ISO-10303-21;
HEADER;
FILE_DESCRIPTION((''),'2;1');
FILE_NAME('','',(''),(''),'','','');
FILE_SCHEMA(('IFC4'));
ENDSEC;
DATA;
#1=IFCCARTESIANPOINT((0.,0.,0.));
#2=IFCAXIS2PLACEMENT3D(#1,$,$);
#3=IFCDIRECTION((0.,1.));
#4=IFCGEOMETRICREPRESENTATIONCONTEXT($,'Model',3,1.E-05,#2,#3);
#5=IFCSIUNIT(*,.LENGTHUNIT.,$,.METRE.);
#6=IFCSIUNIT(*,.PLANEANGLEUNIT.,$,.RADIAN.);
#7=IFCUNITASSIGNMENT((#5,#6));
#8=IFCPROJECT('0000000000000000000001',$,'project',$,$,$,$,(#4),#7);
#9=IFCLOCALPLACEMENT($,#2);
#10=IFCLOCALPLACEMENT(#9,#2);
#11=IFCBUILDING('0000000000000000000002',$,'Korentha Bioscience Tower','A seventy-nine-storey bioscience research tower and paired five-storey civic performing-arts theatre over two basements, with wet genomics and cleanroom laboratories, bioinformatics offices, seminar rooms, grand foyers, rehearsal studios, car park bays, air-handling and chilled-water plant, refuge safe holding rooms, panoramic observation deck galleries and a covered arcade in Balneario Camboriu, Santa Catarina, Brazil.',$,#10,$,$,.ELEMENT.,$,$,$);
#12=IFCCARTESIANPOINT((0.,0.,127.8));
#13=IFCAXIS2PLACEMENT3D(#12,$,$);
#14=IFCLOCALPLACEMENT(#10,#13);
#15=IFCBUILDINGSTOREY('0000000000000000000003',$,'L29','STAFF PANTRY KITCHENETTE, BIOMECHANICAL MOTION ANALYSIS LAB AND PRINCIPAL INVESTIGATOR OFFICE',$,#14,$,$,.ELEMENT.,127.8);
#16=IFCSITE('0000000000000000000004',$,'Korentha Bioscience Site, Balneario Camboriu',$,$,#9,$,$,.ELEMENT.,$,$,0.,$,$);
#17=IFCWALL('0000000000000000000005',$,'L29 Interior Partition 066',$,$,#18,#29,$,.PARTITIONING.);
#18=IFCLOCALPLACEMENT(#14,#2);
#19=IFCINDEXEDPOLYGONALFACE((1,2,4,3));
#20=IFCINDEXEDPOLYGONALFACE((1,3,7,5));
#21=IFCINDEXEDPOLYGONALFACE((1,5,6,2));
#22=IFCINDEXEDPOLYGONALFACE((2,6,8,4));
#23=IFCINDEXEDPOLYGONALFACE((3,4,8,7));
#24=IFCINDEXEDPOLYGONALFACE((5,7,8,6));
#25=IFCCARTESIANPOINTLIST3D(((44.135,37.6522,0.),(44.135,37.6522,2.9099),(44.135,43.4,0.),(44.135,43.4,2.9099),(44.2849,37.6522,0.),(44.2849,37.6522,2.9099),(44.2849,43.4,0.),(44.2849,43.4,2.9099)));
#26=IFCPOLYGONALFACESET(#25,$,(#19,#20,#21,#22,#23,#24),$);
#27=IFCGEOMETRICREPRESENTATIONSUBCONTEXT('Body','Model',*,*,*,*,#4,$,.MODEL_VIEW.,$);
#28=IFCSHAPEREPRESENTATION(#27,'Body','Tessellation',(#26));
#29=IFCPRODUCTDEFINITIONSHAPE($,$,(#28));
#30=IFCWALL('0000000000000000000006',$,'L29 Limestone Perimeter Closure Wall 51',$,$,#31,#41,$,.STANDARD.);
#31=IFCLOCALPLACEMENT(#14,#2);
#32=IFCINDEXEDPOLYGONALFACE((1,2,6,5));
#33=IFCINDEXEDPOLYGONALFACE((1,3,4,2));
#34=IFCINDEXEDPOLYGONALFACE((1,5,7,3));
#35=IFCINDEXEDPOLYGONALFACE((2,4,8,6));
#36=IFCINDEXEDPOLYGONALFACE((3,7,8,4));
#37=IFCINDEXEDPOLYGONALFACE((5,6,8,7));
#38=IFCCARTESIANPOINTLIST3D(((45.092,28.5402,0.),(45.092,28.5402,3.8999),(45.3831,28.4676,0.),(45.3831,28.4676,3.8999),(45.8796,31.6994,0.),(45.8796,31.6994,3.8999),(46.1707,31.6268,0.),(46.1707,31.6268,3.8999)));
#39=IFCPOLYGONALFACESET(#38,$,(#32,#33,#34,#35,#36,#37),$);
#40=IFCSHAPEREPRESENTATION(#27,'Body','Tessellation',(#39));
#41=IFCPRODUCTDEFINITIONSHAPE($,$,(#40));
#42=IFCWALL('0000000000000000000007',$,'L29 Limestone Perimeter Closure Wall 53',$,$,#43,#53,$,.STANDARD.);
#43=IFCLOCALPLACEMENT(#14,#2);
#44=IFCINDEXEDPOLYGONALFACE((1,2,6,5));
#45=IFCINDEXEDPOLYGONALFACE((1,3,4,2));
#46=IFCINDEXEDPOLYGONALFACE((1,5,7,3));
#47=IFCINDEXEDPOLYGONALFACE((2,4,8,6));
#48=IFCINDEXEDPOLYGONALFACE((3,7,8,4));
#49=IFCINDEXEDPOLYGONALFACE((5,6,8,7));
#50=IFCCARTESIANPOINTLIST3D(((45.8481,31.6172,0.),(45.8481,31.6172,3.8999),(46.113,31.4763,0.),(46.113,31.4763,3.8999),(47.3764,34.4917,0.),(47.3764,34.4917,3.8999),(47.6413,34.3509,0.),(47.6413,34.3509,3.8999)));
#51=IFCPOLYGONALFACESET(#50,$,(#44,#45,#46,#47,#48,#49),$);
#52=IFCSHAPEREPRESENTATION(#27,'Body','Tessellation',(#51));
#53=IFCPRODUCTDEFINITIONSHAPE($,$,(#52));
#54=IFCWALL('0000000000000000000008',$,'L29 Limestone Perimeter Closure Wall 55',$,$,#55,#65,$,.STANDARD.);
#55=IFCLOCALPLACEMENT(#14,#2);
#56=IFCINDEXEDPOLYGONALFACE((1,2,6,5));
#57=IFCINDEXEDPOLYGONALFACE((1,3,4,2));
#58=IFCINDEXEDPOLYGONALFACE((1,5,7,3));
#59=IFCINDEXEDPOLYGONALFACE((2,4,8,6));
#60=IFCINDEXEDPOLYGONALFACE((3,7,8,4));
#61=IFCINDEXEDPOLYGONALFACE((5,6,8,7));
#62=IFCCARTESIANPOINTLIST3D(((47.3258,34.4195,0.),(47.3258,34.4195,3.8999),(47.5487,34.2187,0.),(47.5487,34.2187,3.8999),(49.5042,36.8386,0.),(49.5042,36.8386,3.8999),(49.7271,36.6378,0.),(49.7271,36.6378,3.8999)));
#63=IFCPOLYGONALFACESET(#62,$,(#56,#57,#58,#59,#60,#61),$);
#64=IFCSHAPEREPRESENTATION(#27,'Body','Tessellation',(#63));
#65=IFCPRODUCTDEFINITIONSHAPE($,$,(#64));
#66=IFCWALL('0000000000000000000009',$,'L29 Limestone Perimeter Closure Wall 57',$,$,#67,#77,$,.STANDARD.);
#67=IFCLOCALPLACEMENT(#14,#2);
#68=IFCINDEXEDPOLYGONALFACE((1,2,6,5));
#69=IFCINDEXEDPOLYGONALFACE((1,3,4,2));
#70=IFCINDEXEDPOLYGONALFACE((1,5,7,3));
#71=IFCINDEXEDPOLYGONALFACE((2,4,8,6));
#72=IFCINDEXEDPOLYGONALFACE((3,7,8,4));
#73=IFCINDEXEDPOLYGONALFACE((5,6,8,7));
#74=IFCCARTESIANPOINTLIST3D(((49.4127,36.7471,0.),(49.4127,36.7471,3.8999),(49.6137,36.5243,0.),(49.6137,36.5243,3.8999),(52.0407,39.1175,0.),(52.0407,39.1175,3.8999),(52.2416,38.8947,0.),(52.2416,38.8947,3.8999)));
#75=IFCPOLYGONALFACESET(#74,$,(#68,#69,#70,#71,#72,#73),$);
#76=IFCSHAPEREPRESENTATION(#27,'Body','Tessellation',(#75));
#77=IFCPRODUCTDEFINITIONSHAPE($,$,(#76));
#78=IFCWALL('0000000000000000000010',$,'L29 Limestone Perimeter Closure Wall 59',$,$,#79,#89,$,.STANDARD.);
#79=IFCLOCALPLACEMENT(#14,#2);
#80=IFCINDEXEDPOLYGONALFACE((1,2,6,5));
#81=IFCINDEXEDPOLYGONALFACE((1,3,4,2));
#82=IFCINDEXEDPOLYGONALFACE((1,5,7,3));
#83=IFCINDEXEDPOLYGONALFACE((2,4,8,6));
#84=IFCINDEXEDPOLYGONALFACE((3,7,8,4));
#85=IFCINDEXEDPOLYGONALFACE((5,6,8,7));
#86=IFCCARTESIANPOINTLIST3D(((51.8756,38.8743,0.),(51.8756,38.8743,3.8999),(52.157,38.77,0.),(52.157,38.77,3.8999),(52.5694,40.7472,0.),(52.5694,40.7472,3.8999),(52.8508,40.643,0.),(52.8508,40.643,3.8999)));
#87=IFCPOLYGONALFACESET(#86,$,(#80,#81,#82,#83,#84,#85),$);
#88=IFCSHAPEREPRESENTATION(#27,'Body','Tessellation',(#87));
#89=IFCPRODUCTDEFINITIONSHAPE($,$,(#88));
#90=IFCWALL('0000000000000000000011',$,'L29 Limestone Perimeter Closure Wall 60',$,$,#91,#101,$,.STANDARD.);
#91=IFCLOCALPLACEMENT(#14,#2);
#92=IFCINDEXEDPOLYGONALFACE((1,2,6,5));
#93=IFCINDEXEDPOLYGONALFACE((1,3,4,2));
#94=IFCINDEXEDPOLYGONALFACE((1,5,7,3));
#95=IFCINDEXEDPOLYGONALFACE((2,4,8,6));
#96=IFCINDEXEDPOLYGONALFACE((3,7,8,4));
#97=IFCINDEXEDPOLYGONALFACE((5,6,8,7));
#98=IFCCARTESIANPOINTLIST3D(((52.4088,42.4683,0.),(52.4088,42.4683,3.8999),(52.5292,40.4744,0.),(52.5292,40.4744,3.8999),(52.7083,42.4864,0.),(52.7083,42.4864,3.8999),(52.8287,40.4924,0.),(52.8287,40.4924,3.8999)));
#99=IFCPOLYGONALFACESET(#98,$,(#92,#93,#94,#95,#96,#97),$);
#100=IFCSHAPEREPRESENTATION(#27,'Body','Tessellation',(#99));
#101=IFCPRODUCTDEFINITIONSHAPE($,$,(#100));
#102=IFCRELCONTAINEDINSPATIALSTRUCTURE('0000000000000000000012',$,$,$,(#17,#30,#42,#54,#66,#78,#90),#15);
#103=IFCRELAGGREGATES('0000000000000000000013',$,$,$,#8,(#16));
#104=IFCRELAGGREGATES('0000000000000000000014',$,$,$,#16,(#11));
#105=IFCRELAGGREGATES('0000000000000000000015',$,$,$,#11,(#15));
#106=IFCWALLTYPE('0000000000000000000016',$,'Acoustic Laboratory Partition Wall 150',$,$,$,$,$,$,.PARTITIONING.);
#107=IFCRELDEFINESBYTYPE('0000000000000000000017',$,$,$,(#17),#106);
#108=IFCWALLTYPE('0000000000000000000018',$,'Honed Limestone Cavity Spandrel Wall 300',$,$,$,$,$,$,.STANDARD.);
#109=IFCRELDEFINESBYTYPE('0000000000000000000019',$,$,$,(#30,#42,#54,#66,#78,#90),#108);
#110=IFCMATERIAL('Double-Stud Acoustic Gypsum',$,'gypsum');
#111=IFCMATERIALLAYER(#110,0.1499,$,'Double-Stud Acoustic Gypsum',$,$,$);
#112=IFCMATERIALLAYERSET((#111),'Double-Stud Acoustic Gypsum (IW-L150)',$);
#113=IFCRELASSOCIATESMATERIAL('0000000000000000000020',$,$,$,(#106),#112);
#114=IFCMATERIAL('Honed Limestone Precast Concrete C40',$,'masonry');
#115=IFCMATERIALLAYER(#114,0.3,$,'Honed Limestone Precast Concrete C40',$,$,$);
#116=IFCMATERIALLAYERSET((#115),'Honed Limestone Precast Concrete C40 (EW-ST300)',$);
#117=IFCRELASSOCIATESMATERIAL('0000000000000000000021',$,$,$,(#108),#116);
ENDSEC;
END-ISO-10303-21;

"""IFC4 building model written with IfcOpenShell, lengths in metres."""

from ifc_helpers import new_model, si_unit, direction, frame, frame_2d, origin, place, context, subcontext, project, spatial, rectangle, extrude, material, layer, layer_set, type_object, element, save


model = new_model("IFC4")

# Units and contexts
model_context = context("Model", 3, precision=1e-05, world=origin(), true_north=direction((0.0, 1.0)))
body_context = subcontext(model_context, "Body", "Model", "MODEL_VIEW")
ifc_project = project(units=[si_unit("LENGTHUNIT", "METRE"), si_unit("PLANEANGLEUNIT", "RADIAN")], contexts=[model_context])

# Site, building, storey
site_placement = place(None, origin())
site = spatial("IfcSite", under=ifc_project, at=site_placement, Name="Korentha Bioscience Site, Balneario Camboriu", CompositionType="ELEMENT", RefElevation=0.0)
building_placement = place(site_placement, origin())
building = spatial("IfcBuilding", under=site, at=building_placement, Name="Korentha Bioscience Tower", Description="A seventy-nine-storey bioscience research tower and paired five-storey civic performing-arts theatre over two basements, with wet genomics and cleanroom laboratories, bioinformatics offices, seminar rooms, grand foyers, rehearsal studios, car park bays, air-handling and chilled-water plant, refuge safe holding rooms, panoramic observation deck galleries and a covered arcade in Balneario Camboriu, Santa Catarina, Brazil.", CompositionType="ELEMENT")
storey_placement = place(building_placement, frame((0.0, 0.0, 127.8)))
storey = spatial("IfcBuildingStorey", under=building, at=storey_placement, Name="L29", Description="STAFF PANTRY KITCHENETTE, BIOMECHANICAL MOTION ANALYSIS LAB AND PRINCIPAL INVESTIGATOR OFFICE", CompositionType="ELEMENT", Elevation=127.8)

# Walls
ifc_material_1 = material(Name="Double-Stud Acoustic Gypsum", Category="gypsum")
ifc_layer_1 = layer(ifc_material_1, 0.1499, Name="Double-Stud Acoustic Gypsum")
ifc_layer_set_1 = layer_set([ifc_layer_1], Name="Double-Stud Acoustic Gypsum (IW-L150)")
wall_type_1 = type_object("IfcWallType", Name="Acoustic Laboratory Partition Wall 150", PredefinedType="PARTITIONING", material=ifc_layer_set_1)
wall_1_placement = place(storey_placement, frame((44.21, 37.6521, 0.0), z_axis=(0.0, 0.0, 1.0), x_axis=(0.0, 1.0, 0.0)))
element("IfcWall", 1, at=wall_1_placement, inside=storey, type_object=wall_type_1, Name="L29 Interior Partition 066", PredefinedType="PARTITIONING", context=body_context, shape_type="SweptSolid", body=[
    extrude(rectangle(XDim=5.7478, YDim=0.1499, at=frame_2d((2.874, 0.0))), origin(), (0.0, 0.0, 1.0), 2.9099),
])
ifc_material_2 = material(Name="Honed Limestone Precast Concrete C40", Category="masonry")
ifc_layer_2 = layer(ifc_material_2, 0.3, Name="Honed Limestone Precast Concrete C40")
ifc_layer_set_2 = layer_set([ifc_layer_2], Name="Honed Limestone Precast Concrete C40 (EW-ST300)")
wall_type_2 = type_object("IfcWallType", Name="Honed Limestone Cavity Spandrel Wall 300", PredefinedType="STANDARD", material=ifc_layer_set_2)
wall_2_placement = place(storey_placement, frame((45.2375, 28.5039, 0.0), z_axis=(0.0, 0.0, 1.0), x_axis=(0.2419, 0.970301, 0.0)))
element("IfcWall", 2, at=wall_2_placement, inside=storey, type_object=wall_type_2, Name="L29 Limestone Perimeter Closure Wall 51", PredefinedType="STANDARD", context=body_context, shape_type="SweptSolid", body=[
    extrude(rectangle(XDim=3.2559, YDim=0.3, at=frame_2d((1.6279, 0.0))), origin(), (0.0, 0.0, 1.0), 3.8999),
])
wall_3_placement = place(storey_placement, frame((45.9805, 31.5466, 0.0), z_axis=(0.0, 0.0, 1.0), x_axis=(0.469451, 0.882958, 0.0)))
element("IfcWall", 3, at=wall_3_placement, inside=storey, type_object=wall_type_2, Name="L29 Limestone Perimeter Closure Wall 53", PredefinedType="STANDARD", context=body_context, shape_type="SweptSolid", body=[
    extrude(rectangle(XDim=3.2556, YDim=0.3, at=frame_2d((1.6279, 0.0))), origin(), (0.0, 0.0, 1.0), 3.8999),
])
wall_4_placement = place(storey_placement, frame((47.4373, 34.3191, 0.0), z_axis=(0.0, 0.0, 1.0), x_axis=(0.669168, 0.743111, 0.0)))
element("IfcWall", 4, at=wall_4_placement, inside=storey, type_object=wall_type_2, Name="L29 Limestone Perimeter Closure Wall 55", PredefinedType="STANDARD", context=body_context, shape_type="SweptSolid", body=[
    extrude(rectangle(XDim=3.2554, YDim=0.3, at=frame_2d((1.6277, 0.0))), origin(), (0.0, 0.0, 1.0), 3.8999),
])
wall_5_placement = place(storey_placement, frame((49.5132, 36.6357, 0.0), z_axis=(0.0, 0.0, 1.0), x_axis=(0.74256, 0.66978, 0.0)))
element("IfcWall", 5, at=wall_5_placement, inside=storey, type_object=wall_type_2, Name="L29 Limestone Perimeter Closure Wall 57", PredefinedType="STANDARD", context=body_context, shape_type="SweptSolid", body=[
    extrude(rectangle(XDim=3.5391, YDim=0.3, at=frame_2d((1.7695, 0.0))), origin(), (0.0, 0.0, 1.0), 3.8999),
])
wall_6_placement = place(storey_placement, frame((52.0164, 38.8223, 0.0), z_axis=(0.0, 0.0, 1.0), x_axis=(0.34737, 0.937728, 0.0)))
element("IfcWall", 6, at=wall_6_placement, inside=storey, type_object=wall_type_2, Name="L29 Limestone Perimeter Closure Wall 59", PredefinedType="STANDARD", context=body_context, shape_type="SweptSolid", body=[
    extrude(rectangle(XDim=1.9973, YDim=0.3, at=frame_2d((0.9985, 0.0))), origin(), (0.0, 0.0, 1.0), 3.8999),
])
wall_7_placement = place(storey_placement, frame((52.679, 40.4834, 0.0), z_axis=(0.0, 0.0, 1.0), x_axis=(-0.060255, 0.998183, 0.0)))
element("IfcWall", 7, at=wall_7_placement, inside=storey, type_object=wall_type_2, Name="L29 Limestone Perimeter Closure Wall 60", PredefinedType="STANDARD", context=body_context, shape_type="SweptSolid", body=[
    extrude(rectangle(XDim=1.9976, YDim=0.3, at=frame_2d((0.9988, 0.0))), origin(), (0.0, 0.0, 1.0), 3.8999),
])

save(model, "model.ifc")
